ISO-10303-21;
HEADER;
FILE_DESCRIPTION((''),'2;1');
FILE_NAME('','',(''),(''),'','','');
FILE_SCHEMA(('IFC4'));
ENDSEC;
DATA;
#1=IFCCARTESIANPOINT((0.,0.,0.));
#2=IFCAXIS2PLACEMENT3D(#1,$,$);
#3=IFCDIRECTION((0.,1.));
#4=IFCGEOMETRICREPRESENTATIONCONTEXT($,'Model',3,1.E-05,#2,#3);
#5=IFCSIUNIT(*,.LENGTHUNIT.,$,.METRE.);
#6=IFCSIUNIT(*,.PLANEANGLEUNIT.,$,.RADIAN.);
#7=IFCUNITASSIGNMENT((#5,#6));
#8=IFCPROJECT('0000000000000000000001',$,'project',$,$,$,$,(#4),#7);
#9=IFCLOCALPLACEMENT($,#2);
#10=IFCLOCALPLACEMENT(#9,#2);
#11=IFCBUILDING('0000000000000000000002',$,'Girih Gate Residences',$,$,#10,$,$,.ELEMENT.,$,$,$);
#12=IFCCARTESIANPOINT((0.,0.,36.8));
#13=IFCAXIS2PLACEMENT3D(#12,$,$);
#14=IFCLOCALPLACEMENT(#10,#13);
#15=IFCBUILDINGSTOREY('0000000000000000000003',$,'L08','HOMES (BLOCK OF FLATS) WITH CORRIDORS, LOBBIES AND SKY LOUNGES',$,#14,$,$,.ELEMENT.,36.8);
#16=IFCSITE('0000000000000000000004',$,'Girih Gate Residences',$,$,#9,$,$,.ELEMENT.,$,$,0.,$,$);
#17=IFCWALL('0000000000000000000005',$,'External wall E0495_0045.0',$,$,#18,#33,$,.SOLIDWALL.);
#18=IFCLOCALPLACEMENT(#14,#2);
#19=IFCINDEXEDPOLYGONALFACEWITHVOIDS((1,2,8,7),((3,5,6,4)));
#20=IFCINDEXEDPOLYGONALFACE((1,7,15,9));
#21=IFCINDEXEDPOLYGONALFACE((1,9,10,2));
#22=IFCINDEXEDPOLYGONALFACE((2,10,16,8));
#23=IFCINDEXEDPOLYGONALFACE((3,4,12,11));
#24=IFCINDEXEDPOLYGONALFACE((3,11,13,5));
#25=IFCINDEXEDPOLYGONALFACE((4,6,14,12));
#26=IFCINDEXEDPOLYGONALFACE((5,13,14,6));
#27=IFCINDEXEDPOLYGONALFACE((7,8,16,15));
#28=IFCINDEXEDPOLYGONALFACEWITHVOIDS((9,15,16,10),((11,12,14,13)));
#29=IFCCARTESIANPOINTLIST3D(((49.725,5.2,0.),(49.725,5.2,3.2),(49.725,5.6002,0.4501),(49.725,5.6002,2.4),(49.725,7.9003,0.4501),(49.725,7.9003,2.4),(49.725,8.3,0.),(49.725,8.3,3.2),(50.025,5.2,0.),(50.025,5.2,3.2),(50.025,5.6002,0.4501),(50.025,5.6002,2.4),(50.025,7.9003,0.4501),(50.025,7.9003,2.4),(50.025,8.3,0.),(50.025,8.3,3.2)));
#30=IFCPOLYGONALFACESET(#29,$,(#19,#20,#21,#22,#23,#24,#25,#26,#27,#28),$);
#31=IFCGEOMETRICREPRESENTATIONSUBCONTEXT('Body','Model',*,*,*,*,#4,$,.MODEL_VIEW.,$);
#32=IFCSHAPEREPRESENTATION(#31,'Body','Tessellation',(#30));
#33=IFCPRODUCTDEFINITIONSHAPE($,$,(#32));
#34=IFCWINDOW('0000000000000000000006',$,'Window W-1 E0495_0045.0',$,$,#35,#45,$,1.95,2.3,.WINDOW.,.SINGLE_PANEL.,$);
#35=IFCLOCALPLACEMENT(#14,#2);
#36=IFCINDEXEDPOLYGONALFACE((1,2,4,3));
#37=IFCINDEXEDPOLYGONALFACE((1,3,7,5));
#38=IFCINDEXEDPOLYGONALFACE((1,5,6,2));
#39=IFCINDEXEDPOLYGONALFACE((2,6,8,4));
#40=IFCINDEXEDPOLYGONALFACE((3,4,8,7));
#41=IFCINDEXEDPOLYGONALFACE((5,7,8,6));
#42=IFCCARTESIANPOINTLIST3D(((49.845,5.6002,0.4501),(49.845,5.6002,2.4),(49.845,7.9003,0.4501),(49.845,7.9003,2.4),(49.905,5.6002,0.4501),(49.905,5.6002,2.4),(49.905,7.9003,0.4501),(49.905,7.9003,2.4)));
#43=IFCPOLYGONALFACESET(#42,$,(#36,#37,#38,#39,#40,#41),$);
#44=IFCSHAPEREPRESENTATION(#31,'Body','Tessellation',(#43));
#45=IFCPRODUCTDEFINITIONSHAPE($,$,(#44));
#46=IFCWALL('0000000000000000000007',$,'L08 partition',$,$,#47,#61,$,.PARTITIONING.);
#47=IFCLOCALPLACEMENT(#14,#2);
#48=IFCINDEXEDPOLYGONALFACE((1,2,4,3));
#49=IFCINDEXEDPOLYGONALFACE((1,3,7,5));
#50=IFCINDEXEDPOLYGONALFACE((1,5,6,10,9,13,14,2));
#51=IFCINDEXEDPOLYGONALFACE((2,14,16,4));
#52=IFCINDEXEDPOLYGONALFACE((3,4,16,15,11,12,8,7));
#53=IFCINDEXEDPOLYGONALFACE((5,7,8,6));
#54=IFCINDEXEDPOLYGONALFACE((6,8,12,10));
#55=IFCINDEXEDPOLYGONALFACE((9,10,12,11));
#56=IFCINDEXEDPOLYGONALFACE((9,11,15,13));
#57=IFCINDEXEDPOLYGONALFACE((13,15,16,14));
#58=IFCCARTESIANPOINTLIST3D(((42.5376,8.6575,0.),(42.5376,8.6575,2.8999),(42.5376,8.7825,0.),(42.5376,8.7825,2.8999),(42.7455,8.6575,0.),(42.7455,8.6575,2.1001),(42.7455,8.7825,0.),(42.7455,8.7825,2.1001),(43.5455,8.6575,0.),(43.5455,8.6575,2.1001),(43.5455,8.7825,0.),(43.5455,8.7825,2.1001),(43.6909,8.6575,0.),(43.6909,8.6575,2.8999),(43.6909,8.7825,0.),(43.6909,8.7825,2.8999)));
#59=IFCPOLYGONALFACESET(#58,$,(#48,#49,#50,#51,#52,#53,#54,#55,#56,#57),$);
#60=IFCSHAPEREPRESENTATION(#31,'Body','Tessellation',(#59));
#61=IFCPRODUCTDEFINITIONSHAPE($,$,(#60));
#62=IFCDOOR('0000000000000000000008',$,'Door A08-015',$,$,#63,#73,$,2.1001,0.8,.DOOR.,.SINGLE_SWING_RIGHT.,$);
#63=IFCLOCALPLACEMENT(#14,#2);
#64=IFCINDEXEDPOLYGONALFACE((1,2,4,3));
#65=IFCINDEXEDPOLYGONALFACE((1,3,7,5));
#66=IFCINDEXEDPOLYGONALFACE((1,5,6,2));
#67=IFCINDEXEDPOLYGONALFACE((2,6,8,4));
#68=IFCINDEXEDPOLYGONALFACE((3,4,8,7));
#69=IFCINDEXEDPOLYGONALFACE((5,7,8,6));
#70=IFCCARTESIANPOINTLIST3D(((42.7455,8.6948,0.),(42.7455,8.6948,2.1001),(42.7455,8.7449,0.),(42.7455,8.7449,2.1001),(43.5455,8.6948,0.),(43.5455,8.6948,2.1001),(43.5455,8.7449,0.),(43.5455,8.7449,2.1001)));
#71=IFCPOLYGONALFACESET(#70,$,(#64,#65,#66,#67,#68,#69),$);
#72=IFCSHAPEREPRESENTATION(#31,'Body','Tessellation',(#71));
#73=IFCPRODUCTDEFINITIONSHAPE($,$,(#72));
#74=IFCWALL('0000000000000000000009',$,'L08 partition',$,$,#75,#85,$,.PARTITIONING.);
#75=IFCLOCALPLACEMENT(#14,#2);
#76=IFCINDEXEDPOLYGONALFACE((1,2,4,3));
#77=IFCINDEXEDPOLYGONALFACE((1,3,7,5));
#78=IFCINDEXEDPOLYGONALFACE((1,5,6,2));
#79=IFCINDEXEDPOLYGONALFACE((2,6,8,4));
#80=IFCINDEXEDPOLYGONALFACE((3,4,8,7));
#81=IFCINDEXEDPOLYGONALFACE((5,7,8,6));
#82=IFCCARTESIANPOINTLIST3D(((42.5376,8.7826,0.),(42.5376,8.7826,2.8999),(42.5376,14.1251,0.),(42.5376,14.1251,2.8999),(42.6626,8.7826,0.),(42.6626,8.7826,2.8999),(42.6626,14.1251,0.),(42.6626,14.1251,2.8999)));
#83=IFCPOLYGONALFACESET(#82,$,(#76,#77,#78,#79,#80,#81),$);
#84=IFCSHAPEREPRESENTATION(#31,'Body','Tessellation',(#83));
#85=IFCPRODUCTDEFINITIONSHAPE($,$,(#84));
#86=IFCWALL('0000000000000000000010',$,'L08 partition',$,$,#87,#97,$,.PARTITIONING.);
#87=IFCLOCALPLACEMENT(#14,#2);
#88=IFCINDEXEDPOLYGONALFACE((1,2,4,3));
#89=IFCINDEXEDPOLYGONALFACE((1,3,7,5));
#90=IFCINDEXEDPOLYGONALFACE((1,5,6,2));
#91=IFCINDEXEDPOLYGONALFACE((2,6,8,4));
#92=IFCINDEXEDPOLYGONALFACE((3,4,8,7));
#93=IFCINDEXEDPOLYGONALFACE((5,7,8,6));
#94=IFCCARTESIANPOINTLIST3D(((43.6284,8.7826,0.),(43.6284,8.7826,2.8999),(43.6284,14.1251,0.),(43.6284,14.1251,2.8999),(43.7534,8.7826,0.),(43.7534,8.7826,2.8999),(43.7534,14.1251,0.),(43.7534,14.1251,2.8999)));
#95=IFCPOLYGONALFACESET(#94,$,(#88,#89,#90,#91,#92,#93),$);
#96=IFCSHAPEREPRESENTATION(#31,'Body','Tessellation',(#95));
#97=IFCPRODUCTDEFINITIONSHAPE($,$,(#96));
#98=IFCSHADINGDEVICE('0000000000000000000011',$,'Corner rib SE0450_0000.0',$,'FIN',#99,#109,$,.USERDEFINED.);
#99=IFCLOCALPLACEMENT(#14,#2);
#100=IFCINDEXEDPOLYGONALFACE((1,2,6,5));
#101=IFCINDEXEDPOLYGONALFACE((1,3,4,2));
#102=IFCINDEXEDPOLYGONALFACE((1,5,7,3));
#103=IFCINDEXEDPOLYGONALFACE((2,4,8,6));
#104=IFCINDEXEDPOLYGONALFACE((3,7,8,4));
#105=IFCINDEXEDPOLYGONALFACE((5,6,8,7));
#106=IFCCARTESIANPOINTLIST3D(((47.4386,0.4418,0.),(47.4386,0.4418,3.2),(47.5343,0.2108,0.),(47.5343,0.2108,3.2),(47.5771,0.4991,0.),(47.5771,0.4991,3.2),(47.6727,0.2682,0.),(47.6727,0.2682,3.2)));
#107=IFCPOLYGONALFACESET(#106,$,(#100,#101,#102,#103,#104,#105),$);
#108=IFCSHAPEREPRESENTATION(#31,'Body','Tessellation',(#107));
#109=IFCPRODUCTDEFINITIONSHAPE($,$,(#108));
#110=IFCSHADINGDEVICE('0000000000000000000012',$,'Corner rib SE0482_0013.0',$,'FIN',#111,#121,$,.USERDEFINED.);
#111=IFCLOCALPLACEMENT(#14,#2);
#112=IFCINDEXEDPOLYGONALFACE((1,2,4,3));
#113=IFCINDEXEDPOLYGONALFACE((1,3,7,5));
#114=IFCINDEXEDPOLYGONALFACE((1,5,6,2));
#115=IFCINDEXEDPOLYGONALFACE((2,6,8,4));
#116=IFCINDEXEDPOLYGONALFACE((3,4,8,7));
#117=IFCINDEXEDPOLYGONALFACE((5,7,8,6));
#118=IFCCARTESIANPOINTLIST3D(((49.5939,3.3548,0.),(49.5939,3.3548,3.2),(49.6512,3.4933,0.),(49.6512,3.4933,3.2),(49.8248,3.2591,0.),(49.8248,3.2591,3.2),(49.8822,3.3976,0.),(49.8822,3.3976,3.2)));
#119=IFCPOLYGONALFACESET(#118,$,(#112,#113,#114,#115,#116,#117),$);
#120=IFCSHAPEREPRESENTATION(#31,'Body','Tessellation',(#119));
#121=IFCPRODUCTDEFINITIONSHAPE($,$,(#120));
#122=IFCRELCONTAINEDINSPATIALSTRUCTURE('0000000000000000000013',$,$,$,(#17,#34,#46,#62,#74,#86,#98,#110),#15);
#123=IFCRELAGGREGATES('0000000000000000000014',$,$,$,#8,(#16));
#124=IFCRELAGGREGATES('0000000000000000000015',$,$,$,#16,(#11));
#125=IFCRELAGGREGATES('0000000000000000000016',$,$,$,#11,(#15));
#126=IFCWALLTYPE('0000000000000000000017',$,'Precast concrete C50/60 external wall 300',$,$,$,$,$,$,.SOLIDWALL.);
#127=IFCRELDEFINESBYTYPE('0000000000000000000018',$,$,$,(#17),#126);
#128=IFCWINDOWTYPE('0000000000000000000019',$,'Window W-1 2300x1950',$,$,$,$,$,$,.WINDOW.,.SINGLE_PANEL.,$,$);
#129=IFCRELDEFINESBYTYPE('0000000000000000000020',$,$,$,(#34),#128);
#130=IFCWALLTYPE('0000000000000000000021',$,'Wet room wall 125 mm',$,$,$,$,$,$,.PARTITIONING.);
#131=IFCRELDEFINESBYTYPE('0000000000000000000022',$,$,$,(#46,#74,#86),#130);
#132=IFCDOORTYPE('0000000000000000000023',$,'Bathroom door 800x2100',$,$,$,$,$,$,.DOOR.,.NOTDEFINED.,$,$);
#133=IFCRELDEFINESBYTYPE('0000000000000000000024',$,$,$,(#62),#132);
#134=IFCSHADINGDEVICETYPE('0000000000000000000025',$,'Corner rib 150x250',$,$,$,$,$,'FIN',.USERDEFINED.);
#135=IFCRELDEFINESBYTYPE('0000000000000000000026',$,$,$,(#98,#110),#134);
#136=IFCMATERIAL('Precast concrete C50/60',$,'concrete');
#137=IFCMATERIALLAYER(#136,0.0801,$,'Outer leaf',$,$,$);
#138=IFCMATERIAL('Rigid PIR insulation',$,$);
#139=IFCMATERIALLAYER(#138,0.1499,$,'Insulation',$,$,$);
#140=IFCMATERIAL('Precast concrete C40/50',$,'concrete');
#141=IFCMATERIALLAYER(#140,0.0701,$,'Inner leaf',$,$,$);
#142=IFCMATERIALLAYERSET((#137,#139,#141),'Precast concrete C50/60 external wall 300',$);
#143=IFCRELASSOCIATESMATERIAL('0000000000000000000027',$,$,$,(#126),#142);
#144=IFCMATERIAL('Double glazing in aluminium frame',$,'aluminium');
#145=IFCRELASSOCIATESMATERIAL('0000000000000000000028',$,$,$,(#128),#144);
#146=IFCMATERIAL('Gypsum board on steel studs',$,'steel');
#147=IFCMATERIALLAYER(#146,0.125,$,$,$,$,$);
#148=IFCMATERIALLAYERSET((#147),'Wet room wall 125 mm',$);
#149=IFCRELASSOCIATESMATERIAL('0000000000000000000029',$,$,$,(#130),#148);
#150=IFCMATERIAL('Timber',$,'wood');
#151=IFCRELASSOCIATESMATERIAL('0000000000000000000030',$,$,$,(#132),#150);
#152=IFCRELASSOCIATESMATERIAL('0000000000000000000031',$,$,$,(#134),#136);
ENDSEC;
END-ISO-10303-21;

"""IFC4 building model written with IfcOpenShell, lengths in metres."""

from ifc_helpers import new_model, si_unit, direction, frame, frame_2d, origin, origin_2d, place, context, subcontext, project, spatial, rectangle, extrude, material, layer, layer_set, type_object, element, fill, save


model = new_model("IFC4")

# Units and contexts
model_context = context("Model", 3, precision=1e-05, world=origin(), true_north=direction((0.0, 1.0)))
body_context = subcontext(model_context, "Body", "Model", "MODEL_VIEW")
ifc_project = project(units=[si_unit("LENGTHUNIT", "METRE"), si_unit("PLANEANGLEUNIT", "RADIAN")], contexts=[model_context])

# Site, building, storey
site_placement = place(None, origin())
site = spatial("IfcSite", under=ifc_project, at=site_placement, Name="Girih Gate Residences", CompositionType="ELEMENT", RefElevation=0.0)
building_placement = place(site_placement, origin())
building = spatial("IfcBuilding", under=site, at=building_placement, Name="Girih Gate Residences", CompositionType="ELEMENT")
storey_placement = place(building_placement, frame((0.0, 0.0, 36.8)))
storey = spatial("IfcBuildingStorey", under=building, at=storey_placement, Name="L08", Description="HOMES (BLOCK OF FLATS) WITH CORRIDORS, LOBBIES AND SKY LOUNGES", CompositionType="ELEMENT", Elevation=36.8)

# Shared definitions
ifc_material_1 = material(Name="Gypsum board on steel studs", Category="steel")
ifc_material_2 = material(Name="Timber", Category="wood")

# Wall, opening, window
ifc_material_3 = material(Name="Precast concrete C50/60", Category="concrete")
ifc_layer_1 = layer(ifc_material_3, 0.0801, Name="Outer leaf")
ifc_material_4 = material(Name="Rigid PIR insulation")
ifc_layer_2 = layer(ifc_material_4, 0.1499, Name="Insulation")
ifc_material_5 = material(Name="Precast concrete C40/50", Category="concrete")
ifc_layer_3 = layer(ifc_material_5, 0.0701, Name="Inner leaf")
ifc_layer_set_1 = layer_set([ifc_layer_1, ifc_layer_2, ifc_layer_3], Name="Precast concrete C50/60 external wall 300")
wall_type_1 = type_object("IfcWallType", Name="Precast concrete C50/60 external wall 300", PredefinedType="SOLIDWALL", material=ifc_layer_set_1)
ifc_material_6 = material(Name="Double glazing in aluminium frame", Category="aluminium")
window_type_1 = type_object("IfcWindowType", Name="Window W-1 2300x1950", PartitioningType="SINGLE_PANEL", PredefinedType="WINDOW", material=ifc_material_6)
wall_1_placement = place(storey_placement, frame((49.875, 8.3, 0.0), z_axis=(0.0, 0.0, 1.0), x_axis=(0.0, -1.0, 0.0)))
wall_1 = element("IfcWall", 1, at=wall_1_placement, inside=storey, type_object=wall_type_1, Name="External wall E0495_0045.0", PredefinedType="SOLIDWALL", context=body_context, shape_type="SweptSolid", body=[
    extrude(rectangle(XDim=3.1001, YDim=0.3, at=frame_2d((1.55, 0.0))), origin(), (0.0, 0.0, 1.0), 3.2),
])
opening_1_placement = place(wall_1_placement, frame((0.3999, 0.0, 0.45)))
opening_1 = element("IfcOpeningElement", 2, at=opening_1_placement, cuts=wall_1, PredefinedType="OPENING", context=body_context, shape_type="SweptSolid", body=[
    extrude(rectangle(XDim=2.3, YDim=1.95, at=frame_2d((1.1499, 0.9751))), frame((0.0, 0.1599, 0.0), z_axis=(0.0, -1.0, 0.0), x_axis=(1.0, 0.0, 0.0)), (0.0, 0.0, 1.0), 0.3201),
])
window_1_placement = place(opening_1_placement, origin())
window_1 = element("IfcWindow", 3, at=window_1_placement, inside=storey, type_object=window_type_1, Name="Window W-1 E0495_0045.0", OverallHeight=1.95, OverallWidth=2.3, PartitioningType="SINGLE_PANEL", PredefinedType="WINDOW", context=body_context, shape_type="SweptSolid", body=[
    extrude(rectangle(XDim=2.3, YDim=1.95, at=frame_2d((1.1499, 0.9751))), frame((0.0, 0.03, 0.0), z_axis=(0.0, -1.0, 0.0), x_axis=(1.0, 0.0, 0.0)), (0.0, 0.0, 1.0), 0.0601),
])
fill(opening_1, window_1)

# Wall, opening, door
ifc_layer_4 = layer(ifc_material_1, 0.125)
ifc_layer_set_2 = layer_set([ifc_layer_4], Name="Wet room wall 125 mm")
wall_type_2 = type_object("IfcWallType", Name="Wet room wall 125 mm", PredefinedType="PARTITIONING", material=ifc_layer_set_2)
wall_2_placement = place(storey_placement, frame((42.5376, 8.72, 0.0), z_axis=(0.0, 0.0, 1.0), x_axis=(1.0, 0.0, 0.0)))
wall_2 = element("IfcWall", 4, at=wall_2_placement, inside=storey, type_object=wall_type_2, Name="L08 partition", PredefinedType="PARTITIONING", context=body_context, shape_type="SweptSolid", body=[
    extrude(rectangle(XDim=1.1533, YDim=0.125, at=frame_2d((0.5767, 0.0))), origin(), (0.0, 0.0, 1.0), 2.8999),
])
opening_2_placement = place(wall_2_placement, frame((0.208, 0.0, 0.0)))
opening_2 = element("IfcOpeningElement", 5, at=opening_2_placement, cuts=wall_2, PredefinedType="OPENING", context=body_context, shape_type="SweptSolid", body=[
    extrude(rectangle(XDim=0.8, YDim=2.1001, at=frame_2d((0.3999, 1.05))), frame((0.0, 0.0725, 0.0), z_axis=(0.0, -1.0, 0.0), x_axis=(1.0, 0.0, 0.0)), (0.0, 0.0, 1.0), 0.145),
])
door_type_1 = type_object("IfcDoorType", Name="Bathroom door 800x2100", OperationType="NOTDEFINED", PredefinedType="DOOR", material=ifc_material_2)
door_1_placement = place(opening_2_placement, origin())
door_1 = element("IfcDoor", 6, at=door_1_placement, inside=storey, type_object=door_type_1, Name="Door A08-015", OperationType="SINGLE_SWING_RIGHT", OverallHeight=2.1001, OverallWidth=0.8, PredefinedType="DOOR", context=body_context, shape_type="SweptSolid", body=[
    extrude(rectangle(XDim=0.8, YDim=2.1001, at=frame_2d((0.3999, 1.05))), frame((0.0, 0.0249, 0.0), z_axis=(0.0, -1.0, 0.0), x_axis=(1.0, 0.0, 0.0)), (0.0, 0.0, 1.0), 0.05),
])
fill(opening_2, door_1)

# Walls
for number, where, z_axis, x_axis, name in (
    (7, (42.6001, 8.7825, 0.0), (0.0, 0.0, 1.0), (0.0, 1.0, 0.0), "L08 partition"),
    (8, (43.6909, 8.7825, 0.0), (0.0, 0.0, 1.0), (0.0, 1.0, 0.0), "L08 partition"),
):
    element("IfcWall", number, at=place(storey_placement, frame(where, z_axis=z_axis, x_axis=x_axis)), inside=storey, type_object=wall_type_2, Name=name, PredefinedType="PARTITIONING", context=body_context, shape_type="SweptSolid", body=[
        extrude(rectangle(XDim=5.3425, YDim=0.125, at=frame_2d((2.6714, 0.0))), origin(), (0.0, 0.0, 1.0), 2.8999),
    ])

# Shading devices
shading_device_type = type_object("IfcShadingDeviceType", Name="Corner rib 150x250", ElementType="FIN", PredefinedType="USERDEFINED", material=ifc_material_3)
for number, where, z_axis, x_axis, name in (
    (9, (47.5557, 0.355, 0.0), (0.0, 0.0, 1.0), (0.92388, 0.382683, 0.0), "Corner rib SE0450_0000.0"),
    (10, (49.738, 3.3762, 0.0), (0.0, 0.0, 1.0), (0.382683, 0.92388, 0.0), "Corner rib SE0482_0013.0"),
):
    element("IfcShadingDevice", number, at=place(storey_placement, frame(where, z_axis=z_axis, x_axis=x_axis)), inside=storey, type_object=shading_device_type, Name=name, ObjectType="FIN", PredefinedType="USERDEFINED", context=body_context, shape_type="SweptSolid", body=[
        extrude(rectangle(XDim=0.1499, YDim=0.25, at=origin_2d()), origin(), (0.0, 0.0, 1.0), 3.2),
    ])

save(model, "model.ifc")
